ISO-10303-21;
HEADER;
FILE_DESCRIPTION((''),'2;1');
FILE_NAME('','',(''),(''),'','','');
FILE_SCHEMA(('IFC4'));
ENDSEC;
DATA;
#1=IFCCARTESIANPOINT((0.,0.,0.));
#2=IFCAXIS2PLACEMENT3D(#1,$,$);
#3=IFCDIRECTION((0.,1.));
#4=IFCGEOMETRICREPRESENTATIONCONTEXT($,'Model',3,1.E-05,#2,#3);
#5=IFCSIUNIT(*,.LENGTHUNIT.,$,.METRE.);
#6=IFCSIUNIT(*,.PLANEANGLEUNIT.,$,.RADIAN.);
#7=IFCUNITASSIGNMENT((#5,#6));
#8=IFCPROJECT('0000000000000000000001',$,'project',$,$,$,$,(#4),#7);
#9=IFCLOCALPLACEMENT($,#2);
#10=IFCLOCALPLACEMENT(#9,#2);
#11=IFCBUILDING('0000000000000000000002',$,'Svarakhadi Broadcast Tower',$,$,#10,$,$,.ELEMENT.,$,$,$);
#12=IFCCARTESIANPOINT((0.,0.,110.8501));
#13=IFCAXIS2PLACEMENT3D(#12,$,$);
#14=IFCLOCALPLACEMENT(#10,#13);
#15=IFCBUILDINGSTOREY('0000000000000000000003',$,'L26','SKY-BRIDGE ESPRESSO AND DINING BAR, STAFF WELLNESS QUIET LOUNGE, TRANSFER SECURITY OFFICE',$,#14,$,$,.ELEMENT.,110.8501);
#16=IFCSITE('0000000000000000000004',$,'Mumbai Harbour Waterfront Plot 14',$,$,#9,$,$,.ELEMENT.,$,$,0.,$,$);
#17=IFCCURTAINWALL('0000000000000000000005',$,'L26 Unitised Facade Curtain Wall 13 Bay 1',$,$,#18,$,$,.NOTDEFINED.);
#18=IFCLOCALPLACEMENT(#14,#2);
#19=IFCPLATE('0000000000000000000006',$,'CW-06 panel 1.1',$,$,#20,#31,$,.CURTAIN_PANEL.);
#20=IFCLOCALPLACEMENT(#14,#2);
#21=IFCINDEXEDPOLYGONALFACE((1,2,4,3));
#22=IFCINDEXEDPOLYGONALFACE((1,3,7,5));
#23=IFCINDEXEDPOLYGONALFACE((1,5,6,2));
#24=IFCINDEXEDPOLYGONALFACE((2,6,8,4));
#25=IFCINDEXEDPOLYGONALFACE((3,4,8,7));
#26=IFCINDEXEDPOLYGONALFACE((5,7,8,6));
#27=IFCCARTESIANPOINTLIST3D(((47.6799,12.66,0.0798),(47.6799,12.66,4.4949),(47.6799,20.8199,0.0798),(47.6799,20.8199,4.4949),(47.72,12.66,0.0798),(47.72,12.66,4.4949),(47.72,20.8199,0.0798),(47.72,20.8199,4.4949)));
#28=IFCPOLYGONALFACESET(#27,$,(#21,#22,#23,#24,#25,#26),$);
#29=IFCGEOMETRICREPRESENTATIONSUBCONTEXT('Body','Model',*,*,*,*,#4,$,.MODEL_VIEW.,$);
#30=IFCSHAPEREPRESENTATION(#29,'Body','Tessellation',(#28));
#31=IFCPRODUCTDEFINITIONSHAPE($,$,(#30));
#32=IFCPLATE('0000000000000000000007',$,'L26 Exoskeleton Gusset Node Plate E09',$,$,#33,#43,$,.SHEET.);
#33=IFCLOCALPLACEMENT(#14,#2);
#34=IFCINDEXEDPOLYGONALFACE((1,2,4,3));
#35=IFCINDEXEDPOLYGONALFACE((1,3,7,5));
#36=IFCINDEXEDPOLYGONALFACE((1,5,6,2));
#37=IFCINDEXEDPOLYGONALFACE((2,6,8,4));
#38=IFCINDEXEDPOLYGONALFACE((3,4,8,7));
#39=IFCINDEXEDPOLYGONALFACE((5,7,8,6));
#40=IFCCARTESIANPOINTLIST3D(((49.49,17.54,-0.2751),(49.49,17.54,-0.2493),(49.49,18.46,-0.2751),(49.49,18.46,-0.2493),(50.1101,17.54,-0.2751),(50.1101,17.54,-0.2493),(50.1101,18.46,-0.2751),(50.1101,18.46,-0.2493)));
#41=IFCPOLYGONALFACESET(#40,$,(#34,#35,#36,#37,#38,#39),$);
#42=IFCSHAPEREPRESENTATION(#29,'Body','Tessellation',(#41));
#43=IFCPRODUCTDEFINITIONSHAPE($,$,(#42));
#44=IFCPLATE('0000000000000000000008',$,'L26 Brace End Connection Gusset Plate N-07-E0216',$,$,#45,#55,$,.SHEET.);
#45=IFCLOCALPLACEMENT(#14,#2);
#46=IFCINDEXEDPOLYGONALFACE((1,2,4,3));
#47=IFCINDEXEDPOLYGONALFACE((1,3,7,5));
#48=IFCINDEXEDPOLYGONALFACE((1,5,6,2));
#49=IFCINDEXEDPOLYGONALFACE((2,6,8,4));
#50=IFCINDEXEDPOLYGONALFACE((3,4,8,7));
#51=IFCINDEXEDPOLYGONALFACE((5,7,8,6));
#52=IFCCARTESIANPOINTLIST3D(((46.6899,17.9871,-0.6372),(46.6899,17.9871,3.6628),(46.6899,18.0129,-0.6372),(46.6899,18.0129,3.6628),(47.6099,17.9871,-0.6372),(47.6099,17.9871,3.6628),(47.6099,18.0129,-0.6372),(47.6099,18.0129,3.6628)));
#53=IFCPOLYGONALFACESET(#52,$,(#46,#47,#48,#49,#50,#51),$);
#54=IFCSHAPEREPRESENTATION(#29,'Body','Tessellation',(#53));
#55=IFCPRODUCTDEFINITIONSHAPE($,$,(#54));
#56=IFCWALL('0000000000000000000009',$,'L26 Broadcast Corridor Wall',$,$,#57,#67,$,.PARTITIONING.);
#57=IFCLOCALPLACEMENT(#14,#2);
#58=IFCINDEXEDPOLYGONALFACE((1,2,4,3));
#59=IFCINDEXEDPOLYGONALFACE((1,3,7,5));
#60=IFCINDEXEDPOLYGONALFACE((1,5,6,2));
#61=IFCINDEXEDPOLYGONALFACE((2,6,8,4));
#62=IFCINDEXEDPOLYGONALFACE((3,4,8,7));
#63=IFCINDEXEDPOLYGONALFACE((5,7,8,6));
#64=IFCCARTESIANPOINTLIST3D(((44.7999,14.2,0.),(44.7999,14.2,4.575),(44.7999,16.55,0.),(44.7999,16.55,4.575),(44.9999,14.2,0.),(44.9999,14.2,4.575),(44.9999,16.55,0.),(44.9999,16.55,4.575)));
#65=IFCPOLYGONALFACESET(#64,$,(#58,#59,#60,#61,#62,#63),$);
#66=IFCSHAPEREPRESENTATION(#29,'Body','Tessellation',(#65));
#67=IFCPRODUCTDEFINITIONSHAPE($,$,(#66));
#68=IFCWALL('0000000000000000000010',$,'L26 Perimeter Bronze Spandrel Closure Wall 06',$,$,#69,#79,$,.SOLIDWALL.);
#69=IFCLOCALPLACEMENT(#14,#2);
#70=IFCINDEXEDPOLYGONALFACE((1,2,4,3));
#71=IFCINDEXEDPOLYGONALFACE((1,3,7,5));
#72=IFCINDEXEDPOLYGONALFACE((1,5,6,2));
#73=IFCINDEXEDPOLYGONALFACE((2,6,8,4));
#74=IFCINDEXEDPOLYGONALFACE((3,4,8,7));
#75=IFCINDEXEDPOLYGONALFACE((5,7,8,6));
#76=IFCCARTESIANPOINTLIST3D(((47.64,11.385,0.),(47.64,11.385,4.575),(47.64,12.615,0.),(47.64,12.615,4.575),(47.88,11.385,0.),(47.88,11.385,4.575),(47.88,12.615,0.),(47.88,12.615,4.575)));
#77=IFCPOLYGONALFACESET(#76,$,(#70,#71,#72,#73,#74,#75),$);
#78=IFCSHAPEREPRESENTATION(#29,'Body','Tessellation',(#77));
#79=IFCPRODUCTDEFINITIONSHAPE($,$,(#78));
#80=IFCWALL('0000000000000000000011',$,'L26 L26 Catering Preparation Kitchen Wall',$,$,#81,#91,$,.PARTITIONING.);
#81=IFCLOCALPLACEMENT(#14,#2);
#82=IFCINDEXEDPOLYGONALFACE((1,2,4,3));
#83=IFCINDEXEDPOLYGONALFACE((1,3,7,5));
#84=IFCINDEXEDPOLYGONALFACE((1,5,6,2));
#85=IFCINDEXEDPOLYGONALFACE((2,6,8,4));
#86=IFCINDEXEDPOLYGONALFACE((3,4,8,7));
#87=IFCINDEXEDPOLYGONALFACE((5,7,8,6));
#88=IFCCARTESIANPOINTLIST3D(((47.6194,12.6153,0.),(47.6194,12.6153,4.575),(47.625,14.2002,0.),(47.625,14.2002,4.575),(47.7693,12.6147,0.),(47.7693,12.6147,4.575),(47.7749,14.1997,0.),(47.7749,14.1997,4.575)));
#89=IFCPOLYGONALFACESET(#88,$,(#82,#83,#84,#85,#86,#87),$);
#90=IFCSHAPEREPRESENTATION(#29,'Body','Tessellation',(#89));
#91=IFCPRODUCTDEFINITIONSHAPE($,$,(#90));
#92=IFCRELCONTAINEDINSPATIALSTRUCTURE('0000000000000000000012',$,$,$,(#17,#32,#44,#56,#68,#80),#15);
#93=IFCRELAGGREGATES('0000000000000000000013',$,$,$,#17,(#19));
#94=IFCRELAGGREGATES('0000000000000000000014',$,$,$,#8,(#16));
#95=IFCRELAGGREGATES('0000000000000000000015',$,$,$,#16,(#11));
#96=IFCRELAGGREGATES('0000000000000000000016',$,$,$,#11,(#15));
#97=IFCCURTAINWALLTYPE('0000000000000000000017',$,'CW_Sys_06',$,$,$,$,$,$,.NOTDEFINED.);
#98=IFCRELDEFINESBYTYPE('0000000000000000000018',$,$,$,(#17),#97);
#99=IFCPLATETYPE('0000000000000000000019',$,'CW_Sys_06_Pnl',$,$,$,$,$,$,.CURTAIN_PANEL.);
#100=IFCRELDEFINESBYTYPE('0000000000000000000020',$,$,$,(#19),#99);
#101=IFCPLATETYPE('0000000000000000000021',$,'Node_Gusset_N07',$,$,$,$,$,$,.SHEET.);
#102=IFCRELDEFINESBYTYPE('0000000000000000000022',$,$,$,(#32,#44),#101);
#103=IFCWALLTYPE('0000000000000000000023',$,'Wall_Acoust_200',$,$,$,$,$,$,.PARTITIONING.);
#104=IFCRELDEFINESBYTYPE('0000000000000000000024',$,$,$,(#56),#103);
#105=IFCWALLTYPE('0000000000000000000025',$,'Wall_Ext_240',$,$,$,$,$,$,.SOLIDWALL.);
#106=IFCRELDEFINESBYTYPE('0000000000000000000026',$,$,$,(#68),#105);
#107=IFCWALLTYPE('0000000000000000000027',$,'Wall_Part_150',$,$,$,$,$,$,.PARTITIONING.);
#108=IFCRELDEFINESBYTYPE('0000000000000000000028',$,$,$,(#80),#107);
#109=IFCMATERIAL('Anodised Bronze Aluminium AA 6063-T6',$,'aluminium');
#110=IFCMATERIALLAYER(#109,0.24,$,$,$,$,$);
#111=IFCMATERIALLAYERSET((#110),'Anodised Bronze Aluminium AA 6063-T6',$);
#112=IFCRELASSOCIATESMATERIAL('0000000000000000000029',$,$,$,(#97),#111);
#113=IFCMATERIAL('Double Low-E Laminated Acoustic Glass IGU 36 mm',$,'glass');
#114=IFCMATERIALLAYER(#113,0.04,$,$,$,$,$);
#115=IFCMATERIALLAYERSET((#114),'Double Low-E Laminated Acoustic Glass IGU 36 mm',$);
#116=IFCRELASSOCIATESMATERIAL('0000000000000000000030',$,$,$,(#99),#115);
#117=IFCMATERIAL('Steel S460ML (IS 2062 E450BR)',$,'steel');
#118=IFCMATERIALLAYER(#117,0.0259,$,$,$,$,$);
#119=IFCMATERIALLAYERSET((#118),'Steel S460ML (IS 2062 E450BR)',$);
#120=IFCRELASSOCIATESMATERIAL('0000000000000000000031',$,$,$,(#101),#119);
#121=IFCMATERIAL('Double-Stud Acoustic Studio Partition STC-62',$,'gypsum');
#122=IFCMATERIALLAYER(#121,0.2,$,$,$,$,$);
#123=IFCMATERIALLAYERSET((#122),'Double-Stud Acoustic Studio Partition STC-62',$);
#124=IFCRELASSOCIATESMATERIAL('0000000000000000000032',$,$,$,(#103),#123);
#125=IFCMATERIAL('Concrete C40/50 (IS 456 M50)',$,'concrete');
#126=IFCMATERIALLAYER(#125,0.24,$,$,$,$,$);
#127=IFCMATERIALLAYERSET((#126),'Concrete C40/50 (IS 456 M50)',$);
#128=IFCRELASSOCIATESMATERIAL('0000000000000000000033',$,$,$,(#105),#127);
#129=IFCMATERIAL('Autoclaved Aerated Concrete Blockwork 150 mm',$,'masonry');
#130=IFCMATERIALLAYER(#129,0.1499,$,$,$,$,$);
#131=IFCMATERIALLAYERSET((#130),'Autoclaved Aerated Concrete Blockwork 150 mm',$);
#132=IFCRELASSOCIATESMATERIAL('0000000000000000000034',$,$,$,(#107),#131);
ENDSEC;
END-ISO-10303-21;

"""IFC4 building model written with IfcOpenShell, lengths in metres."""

from ifc_helpers import new_model, si_unit, direction, frame, frame_2d, origin, origin_2d, place, context, subcontext, project, spatial, rectangle, extrude, material, layer, layer_set, type_object, element, aggregate, save


model = new_model("IFC4")

# Units and contexts
model_context = context("Model", 3, precision=1e-05, world=origin(), true_north=direction((0.0, 1.0)))
body_context = subcontext(model_context, "Body", "Model", "MODEL_VIEW")
ifc_project = project(units=[si_unit("LENGTHUNIT", "METRE"), si_unit("PLANEANGLEUNIT", "RADIAN")], contexts=[model_context])

# Site, building, storey
site_placement = place(None, origin())
site = spatial("IfcSite", under=ifc_project, at=site_placement, Name="Mumbai Harbour Waterfront Plot 14", CompositionType="ELEMENT", RefElevation=0.0)
building_placement = place(site_placement, origin())
building = spatial("IfcBuilding", under=site, at=building_placement, Name="Svarakhadi Broadcast Tower", CompositionType="ELEMENT")
storey_placement = place(building_placement, frame((0.0, 0.0, 110.8501)))
storey = spatial("IfcBuildingStorey", under=building, at=storey_placement, Name="L26", Description="SKY-BRIDGE ESPRESSO AND DINING BAR, STAFF WELLNESS QUIET LOUNGE, TRANSFER SECURITY OFFICE", CompositionType="ELEMENT", Elevation=110.8501)

# Shared definitions
ifc_material_1 = material(Name="Steel S460ML (IS 2062 E450BR)", Category="steel")

# Shared definitions
ifc_material_2 = material(Name="Anodised Bronze Aluminium AA 6063-T6", Category="aluminium")
ifc_layer_1 = layer(ifc_material_2, 0.24)
ifc_layer_set_1 = layer_set([ifc_layer_1], Name="Anodised Bronze Aluminium AA 6063-T6")
curtain_wall_type = type_object("IfcCurtainWallType", Name="CW_Sys_06", PredefinedType="NOTDEFINED", material=ifc_layer_set_1)

# Curtain wall
curtain_wall_1_placement = place(storey_placement, origin())
curtain_wall_1 = element("IfcCurtainWall", 1, at=curtain_wall_1_placement, inside=storey, type_object=curtain_wall_type, Name="L26 Unitised Facade Curtain Wall 13 Bay 1", PredefinedType="NOTDEFINED")

# Plate
ifc_material_3 = material(Name="Double Low-E Laminated Acoustic Glass IGU 36 mm", Category="glass")
ifc_layer_2 = layer(ifc_material_3, 0.04)
ifc_layer_set_2 = layer_set([ifc_layer_2], Name="Double Low-E Laminated Acoustic Glass IGU 36 mm")
plate_type_1 = type_object("IfcPlateType", Name="CW_Sys_06_Pnl", PredefinedType="CURTAIN_PANEL", material=ifc_layer_set_2)
plate_1_placement = place(storey_placement, frame((47.7, 16.74, 0.0798), z_axis=(0.0, 0.0, 1.0), x_axis=(0.0, -1.0, 0.0)))
plate_1 = element("IfcPlate", 2, at=plate_1_placement, type_object=plate_type_1, Name="CW-06 panel 1.1", PredefinedType="CURTAIN_PANEL", context=body_context, shape_type="SweptSolid", body=[
    extrude(rectangle(XDim=8.1599, YDim=0.04, at=origin_2d()), origin(), (0.0, 0.0, 1.0), 4.415),
])
aggregate(curtain_wall_1, [plate_1])

# Plates
ifc_layer_3 = layer(ifc_material_1, 0.0259)
ifc_layer_set_3 = layer_set([ifc_layer_3], Name="Steel S460ML (IS 2062 E450BR)")
plate_type_2 = type_object("IfcPlateType", Name="Node_Gusset_N07", PredefinedType="SHEET", material=ifc_layer_set_3)
plate_2_placement = place(storey_placement, frame((49.8, 18.0, -0.2751), z_axis=(0.0, 0.0, 1.0), x_axis=(0.0, 1.0, 0.0)))
element("IfcPlate", 3, at=plate_2_placement, inside=storey, type_object=plate_type_2, Name="L26 Exoskeleton Gusset Node Plate E09", PredefinedType="SHEET", context=body_context, shape_type="SweptSolid", body=[
    extrude(rectangle(XDim=0.9199, YDim=0.6201, at=origin_2d()), origin(), (0.0, 0.0, 1.0), 0.0259),
])
plate_3_placement = place(storey_placement, frame((47.1499, 18.0, -0.6372), z_axis=(0.0, 0.0, 1.0), x_axis=(1.0, 0.0, 0.0)))
element("IfcPlate", 4, at=plate_3_placement, inside=storey, type_object=plate_type_2, Name="L26 Brace End Connection Gusset Plate N-07-E0216", PredefinedType="SHEET", context=body_context, shape_type="SweptSolid", body=[
    extrude(rectangle(XDim=0.9199, YDim=0.0259, at=origin_2d()), origin(), (0.0, 0.0, 1.0), 4.3),
])

# Wall
ifc_material_4 = material(Name="Double-Stud Acoustic Studio Partition STC-62", Category="gypsum")
ifc_layer_4 = layer(ifc_material_4, 0.2)
ifc_layer_set_4 = layer_set([ifc_layer_4], Name="Double-Stud Acoustic Studio Partition STC-62")
wall_type_1 = type_object("IfcWallType", Name="Wall_Acoust_200", PredefinedType="PARTITIONING", material=ifc_layer_set_4)
wall_1_placement = place(storey_placement, frame((44.8999, 16.55, 0.0), z_axis=(0.0, 0.0, 1.0), x_axis=(0.0, -1.0, 0.0)))
element("IfcWall", 5, at=wall_1_placement, inside=storey, type_object=wall_type_1, Name="L26 Broadcast Corridor Wall", PredefinedType="PARTITIONING", context=body_context, shape_type="SweptSolid", body=[
    extrude(rectangle(XDim=2.3501, YDim=0.2, at=frame_2d((1.175, 0.0))), origin(), (0.0, 0.0, 1.0), 4.575),
])

# Walls
ifc_material_5 = material(Name="Concrete C40/50 (IS 456 M50)", Category="concrete")
ifc_layer_5 = layer(ifc_material_5, 0.24)
ifc_layer_set_5 = layer_set([ifc_layer_5], Name="Concrete C40/50 (IS 456 M50)")
wall_type_2 = type_object("IfcWallType", Name="Wall_Ext_240", PredefinedType="SOLIDWALL", material=ifc_layer_set_5)
wall_2_placement = place(storey_placement, frame((47.76, 12.615, 0.0), z_axis=(0.0, 0.0, 1.0), x_axis=(0.0, -1.0, 0.0)))
element("IfcWall", 6, at=wall_2_placement, inside=storey, type_object=wall_type_2, Name="L26 Perimeter Bronze Spandrel Closure Wall 06", PredefinedType="SOLIDWALL", context=body_context, shape_type="SweptSolid", body=[
    extrude(rectangle(XDim=1.23, YDim=0.24, at=frame_2d((0.615, 0.0))), origin(), (0.0, 0.0, 1.0), 4.575),
])
ifc_material_6 = material(Name="Autoclaved Aerated Concrete Blockwork 150 mm", Category="masonry")
ifc_layer_6 = layer(ifc_material_6, 0.1499)
ifc_layer_set_6 = layer_set([ifc_layer_6], Name="Autoclaved Aerated Concrete Blockwork 150 mm")
wall_type_3 = type_object("IfcWallType", Name="Wall_Part_150", PredefinedType="PARTITIONING", material=ifc_layer_set_6)
wall_3_placement = place(storey_placement, frame((47.6943, 12.615, 0.0), z_axis=(0.0, 0.0, 1.0), x_axis=(0.003543, 0.999994, 0.0)))
element("IfcWall", 7, at=wall_3_placement, inside=storey, type_object=wall_type_3, Name="L26 L26 Catering Preparation Kitchen Wall", PredefinedType="PARTITIONING", context=body_context, shape_type="SweptSolid", body=[
    extrude(rectangle(XDim=1.585, YDim=0.1499, at=frame_2d((0.7925, 0.0))), origin(), (0.0, 0.0, 1.0), 4.575),
])

save(model, "model.ifc")
